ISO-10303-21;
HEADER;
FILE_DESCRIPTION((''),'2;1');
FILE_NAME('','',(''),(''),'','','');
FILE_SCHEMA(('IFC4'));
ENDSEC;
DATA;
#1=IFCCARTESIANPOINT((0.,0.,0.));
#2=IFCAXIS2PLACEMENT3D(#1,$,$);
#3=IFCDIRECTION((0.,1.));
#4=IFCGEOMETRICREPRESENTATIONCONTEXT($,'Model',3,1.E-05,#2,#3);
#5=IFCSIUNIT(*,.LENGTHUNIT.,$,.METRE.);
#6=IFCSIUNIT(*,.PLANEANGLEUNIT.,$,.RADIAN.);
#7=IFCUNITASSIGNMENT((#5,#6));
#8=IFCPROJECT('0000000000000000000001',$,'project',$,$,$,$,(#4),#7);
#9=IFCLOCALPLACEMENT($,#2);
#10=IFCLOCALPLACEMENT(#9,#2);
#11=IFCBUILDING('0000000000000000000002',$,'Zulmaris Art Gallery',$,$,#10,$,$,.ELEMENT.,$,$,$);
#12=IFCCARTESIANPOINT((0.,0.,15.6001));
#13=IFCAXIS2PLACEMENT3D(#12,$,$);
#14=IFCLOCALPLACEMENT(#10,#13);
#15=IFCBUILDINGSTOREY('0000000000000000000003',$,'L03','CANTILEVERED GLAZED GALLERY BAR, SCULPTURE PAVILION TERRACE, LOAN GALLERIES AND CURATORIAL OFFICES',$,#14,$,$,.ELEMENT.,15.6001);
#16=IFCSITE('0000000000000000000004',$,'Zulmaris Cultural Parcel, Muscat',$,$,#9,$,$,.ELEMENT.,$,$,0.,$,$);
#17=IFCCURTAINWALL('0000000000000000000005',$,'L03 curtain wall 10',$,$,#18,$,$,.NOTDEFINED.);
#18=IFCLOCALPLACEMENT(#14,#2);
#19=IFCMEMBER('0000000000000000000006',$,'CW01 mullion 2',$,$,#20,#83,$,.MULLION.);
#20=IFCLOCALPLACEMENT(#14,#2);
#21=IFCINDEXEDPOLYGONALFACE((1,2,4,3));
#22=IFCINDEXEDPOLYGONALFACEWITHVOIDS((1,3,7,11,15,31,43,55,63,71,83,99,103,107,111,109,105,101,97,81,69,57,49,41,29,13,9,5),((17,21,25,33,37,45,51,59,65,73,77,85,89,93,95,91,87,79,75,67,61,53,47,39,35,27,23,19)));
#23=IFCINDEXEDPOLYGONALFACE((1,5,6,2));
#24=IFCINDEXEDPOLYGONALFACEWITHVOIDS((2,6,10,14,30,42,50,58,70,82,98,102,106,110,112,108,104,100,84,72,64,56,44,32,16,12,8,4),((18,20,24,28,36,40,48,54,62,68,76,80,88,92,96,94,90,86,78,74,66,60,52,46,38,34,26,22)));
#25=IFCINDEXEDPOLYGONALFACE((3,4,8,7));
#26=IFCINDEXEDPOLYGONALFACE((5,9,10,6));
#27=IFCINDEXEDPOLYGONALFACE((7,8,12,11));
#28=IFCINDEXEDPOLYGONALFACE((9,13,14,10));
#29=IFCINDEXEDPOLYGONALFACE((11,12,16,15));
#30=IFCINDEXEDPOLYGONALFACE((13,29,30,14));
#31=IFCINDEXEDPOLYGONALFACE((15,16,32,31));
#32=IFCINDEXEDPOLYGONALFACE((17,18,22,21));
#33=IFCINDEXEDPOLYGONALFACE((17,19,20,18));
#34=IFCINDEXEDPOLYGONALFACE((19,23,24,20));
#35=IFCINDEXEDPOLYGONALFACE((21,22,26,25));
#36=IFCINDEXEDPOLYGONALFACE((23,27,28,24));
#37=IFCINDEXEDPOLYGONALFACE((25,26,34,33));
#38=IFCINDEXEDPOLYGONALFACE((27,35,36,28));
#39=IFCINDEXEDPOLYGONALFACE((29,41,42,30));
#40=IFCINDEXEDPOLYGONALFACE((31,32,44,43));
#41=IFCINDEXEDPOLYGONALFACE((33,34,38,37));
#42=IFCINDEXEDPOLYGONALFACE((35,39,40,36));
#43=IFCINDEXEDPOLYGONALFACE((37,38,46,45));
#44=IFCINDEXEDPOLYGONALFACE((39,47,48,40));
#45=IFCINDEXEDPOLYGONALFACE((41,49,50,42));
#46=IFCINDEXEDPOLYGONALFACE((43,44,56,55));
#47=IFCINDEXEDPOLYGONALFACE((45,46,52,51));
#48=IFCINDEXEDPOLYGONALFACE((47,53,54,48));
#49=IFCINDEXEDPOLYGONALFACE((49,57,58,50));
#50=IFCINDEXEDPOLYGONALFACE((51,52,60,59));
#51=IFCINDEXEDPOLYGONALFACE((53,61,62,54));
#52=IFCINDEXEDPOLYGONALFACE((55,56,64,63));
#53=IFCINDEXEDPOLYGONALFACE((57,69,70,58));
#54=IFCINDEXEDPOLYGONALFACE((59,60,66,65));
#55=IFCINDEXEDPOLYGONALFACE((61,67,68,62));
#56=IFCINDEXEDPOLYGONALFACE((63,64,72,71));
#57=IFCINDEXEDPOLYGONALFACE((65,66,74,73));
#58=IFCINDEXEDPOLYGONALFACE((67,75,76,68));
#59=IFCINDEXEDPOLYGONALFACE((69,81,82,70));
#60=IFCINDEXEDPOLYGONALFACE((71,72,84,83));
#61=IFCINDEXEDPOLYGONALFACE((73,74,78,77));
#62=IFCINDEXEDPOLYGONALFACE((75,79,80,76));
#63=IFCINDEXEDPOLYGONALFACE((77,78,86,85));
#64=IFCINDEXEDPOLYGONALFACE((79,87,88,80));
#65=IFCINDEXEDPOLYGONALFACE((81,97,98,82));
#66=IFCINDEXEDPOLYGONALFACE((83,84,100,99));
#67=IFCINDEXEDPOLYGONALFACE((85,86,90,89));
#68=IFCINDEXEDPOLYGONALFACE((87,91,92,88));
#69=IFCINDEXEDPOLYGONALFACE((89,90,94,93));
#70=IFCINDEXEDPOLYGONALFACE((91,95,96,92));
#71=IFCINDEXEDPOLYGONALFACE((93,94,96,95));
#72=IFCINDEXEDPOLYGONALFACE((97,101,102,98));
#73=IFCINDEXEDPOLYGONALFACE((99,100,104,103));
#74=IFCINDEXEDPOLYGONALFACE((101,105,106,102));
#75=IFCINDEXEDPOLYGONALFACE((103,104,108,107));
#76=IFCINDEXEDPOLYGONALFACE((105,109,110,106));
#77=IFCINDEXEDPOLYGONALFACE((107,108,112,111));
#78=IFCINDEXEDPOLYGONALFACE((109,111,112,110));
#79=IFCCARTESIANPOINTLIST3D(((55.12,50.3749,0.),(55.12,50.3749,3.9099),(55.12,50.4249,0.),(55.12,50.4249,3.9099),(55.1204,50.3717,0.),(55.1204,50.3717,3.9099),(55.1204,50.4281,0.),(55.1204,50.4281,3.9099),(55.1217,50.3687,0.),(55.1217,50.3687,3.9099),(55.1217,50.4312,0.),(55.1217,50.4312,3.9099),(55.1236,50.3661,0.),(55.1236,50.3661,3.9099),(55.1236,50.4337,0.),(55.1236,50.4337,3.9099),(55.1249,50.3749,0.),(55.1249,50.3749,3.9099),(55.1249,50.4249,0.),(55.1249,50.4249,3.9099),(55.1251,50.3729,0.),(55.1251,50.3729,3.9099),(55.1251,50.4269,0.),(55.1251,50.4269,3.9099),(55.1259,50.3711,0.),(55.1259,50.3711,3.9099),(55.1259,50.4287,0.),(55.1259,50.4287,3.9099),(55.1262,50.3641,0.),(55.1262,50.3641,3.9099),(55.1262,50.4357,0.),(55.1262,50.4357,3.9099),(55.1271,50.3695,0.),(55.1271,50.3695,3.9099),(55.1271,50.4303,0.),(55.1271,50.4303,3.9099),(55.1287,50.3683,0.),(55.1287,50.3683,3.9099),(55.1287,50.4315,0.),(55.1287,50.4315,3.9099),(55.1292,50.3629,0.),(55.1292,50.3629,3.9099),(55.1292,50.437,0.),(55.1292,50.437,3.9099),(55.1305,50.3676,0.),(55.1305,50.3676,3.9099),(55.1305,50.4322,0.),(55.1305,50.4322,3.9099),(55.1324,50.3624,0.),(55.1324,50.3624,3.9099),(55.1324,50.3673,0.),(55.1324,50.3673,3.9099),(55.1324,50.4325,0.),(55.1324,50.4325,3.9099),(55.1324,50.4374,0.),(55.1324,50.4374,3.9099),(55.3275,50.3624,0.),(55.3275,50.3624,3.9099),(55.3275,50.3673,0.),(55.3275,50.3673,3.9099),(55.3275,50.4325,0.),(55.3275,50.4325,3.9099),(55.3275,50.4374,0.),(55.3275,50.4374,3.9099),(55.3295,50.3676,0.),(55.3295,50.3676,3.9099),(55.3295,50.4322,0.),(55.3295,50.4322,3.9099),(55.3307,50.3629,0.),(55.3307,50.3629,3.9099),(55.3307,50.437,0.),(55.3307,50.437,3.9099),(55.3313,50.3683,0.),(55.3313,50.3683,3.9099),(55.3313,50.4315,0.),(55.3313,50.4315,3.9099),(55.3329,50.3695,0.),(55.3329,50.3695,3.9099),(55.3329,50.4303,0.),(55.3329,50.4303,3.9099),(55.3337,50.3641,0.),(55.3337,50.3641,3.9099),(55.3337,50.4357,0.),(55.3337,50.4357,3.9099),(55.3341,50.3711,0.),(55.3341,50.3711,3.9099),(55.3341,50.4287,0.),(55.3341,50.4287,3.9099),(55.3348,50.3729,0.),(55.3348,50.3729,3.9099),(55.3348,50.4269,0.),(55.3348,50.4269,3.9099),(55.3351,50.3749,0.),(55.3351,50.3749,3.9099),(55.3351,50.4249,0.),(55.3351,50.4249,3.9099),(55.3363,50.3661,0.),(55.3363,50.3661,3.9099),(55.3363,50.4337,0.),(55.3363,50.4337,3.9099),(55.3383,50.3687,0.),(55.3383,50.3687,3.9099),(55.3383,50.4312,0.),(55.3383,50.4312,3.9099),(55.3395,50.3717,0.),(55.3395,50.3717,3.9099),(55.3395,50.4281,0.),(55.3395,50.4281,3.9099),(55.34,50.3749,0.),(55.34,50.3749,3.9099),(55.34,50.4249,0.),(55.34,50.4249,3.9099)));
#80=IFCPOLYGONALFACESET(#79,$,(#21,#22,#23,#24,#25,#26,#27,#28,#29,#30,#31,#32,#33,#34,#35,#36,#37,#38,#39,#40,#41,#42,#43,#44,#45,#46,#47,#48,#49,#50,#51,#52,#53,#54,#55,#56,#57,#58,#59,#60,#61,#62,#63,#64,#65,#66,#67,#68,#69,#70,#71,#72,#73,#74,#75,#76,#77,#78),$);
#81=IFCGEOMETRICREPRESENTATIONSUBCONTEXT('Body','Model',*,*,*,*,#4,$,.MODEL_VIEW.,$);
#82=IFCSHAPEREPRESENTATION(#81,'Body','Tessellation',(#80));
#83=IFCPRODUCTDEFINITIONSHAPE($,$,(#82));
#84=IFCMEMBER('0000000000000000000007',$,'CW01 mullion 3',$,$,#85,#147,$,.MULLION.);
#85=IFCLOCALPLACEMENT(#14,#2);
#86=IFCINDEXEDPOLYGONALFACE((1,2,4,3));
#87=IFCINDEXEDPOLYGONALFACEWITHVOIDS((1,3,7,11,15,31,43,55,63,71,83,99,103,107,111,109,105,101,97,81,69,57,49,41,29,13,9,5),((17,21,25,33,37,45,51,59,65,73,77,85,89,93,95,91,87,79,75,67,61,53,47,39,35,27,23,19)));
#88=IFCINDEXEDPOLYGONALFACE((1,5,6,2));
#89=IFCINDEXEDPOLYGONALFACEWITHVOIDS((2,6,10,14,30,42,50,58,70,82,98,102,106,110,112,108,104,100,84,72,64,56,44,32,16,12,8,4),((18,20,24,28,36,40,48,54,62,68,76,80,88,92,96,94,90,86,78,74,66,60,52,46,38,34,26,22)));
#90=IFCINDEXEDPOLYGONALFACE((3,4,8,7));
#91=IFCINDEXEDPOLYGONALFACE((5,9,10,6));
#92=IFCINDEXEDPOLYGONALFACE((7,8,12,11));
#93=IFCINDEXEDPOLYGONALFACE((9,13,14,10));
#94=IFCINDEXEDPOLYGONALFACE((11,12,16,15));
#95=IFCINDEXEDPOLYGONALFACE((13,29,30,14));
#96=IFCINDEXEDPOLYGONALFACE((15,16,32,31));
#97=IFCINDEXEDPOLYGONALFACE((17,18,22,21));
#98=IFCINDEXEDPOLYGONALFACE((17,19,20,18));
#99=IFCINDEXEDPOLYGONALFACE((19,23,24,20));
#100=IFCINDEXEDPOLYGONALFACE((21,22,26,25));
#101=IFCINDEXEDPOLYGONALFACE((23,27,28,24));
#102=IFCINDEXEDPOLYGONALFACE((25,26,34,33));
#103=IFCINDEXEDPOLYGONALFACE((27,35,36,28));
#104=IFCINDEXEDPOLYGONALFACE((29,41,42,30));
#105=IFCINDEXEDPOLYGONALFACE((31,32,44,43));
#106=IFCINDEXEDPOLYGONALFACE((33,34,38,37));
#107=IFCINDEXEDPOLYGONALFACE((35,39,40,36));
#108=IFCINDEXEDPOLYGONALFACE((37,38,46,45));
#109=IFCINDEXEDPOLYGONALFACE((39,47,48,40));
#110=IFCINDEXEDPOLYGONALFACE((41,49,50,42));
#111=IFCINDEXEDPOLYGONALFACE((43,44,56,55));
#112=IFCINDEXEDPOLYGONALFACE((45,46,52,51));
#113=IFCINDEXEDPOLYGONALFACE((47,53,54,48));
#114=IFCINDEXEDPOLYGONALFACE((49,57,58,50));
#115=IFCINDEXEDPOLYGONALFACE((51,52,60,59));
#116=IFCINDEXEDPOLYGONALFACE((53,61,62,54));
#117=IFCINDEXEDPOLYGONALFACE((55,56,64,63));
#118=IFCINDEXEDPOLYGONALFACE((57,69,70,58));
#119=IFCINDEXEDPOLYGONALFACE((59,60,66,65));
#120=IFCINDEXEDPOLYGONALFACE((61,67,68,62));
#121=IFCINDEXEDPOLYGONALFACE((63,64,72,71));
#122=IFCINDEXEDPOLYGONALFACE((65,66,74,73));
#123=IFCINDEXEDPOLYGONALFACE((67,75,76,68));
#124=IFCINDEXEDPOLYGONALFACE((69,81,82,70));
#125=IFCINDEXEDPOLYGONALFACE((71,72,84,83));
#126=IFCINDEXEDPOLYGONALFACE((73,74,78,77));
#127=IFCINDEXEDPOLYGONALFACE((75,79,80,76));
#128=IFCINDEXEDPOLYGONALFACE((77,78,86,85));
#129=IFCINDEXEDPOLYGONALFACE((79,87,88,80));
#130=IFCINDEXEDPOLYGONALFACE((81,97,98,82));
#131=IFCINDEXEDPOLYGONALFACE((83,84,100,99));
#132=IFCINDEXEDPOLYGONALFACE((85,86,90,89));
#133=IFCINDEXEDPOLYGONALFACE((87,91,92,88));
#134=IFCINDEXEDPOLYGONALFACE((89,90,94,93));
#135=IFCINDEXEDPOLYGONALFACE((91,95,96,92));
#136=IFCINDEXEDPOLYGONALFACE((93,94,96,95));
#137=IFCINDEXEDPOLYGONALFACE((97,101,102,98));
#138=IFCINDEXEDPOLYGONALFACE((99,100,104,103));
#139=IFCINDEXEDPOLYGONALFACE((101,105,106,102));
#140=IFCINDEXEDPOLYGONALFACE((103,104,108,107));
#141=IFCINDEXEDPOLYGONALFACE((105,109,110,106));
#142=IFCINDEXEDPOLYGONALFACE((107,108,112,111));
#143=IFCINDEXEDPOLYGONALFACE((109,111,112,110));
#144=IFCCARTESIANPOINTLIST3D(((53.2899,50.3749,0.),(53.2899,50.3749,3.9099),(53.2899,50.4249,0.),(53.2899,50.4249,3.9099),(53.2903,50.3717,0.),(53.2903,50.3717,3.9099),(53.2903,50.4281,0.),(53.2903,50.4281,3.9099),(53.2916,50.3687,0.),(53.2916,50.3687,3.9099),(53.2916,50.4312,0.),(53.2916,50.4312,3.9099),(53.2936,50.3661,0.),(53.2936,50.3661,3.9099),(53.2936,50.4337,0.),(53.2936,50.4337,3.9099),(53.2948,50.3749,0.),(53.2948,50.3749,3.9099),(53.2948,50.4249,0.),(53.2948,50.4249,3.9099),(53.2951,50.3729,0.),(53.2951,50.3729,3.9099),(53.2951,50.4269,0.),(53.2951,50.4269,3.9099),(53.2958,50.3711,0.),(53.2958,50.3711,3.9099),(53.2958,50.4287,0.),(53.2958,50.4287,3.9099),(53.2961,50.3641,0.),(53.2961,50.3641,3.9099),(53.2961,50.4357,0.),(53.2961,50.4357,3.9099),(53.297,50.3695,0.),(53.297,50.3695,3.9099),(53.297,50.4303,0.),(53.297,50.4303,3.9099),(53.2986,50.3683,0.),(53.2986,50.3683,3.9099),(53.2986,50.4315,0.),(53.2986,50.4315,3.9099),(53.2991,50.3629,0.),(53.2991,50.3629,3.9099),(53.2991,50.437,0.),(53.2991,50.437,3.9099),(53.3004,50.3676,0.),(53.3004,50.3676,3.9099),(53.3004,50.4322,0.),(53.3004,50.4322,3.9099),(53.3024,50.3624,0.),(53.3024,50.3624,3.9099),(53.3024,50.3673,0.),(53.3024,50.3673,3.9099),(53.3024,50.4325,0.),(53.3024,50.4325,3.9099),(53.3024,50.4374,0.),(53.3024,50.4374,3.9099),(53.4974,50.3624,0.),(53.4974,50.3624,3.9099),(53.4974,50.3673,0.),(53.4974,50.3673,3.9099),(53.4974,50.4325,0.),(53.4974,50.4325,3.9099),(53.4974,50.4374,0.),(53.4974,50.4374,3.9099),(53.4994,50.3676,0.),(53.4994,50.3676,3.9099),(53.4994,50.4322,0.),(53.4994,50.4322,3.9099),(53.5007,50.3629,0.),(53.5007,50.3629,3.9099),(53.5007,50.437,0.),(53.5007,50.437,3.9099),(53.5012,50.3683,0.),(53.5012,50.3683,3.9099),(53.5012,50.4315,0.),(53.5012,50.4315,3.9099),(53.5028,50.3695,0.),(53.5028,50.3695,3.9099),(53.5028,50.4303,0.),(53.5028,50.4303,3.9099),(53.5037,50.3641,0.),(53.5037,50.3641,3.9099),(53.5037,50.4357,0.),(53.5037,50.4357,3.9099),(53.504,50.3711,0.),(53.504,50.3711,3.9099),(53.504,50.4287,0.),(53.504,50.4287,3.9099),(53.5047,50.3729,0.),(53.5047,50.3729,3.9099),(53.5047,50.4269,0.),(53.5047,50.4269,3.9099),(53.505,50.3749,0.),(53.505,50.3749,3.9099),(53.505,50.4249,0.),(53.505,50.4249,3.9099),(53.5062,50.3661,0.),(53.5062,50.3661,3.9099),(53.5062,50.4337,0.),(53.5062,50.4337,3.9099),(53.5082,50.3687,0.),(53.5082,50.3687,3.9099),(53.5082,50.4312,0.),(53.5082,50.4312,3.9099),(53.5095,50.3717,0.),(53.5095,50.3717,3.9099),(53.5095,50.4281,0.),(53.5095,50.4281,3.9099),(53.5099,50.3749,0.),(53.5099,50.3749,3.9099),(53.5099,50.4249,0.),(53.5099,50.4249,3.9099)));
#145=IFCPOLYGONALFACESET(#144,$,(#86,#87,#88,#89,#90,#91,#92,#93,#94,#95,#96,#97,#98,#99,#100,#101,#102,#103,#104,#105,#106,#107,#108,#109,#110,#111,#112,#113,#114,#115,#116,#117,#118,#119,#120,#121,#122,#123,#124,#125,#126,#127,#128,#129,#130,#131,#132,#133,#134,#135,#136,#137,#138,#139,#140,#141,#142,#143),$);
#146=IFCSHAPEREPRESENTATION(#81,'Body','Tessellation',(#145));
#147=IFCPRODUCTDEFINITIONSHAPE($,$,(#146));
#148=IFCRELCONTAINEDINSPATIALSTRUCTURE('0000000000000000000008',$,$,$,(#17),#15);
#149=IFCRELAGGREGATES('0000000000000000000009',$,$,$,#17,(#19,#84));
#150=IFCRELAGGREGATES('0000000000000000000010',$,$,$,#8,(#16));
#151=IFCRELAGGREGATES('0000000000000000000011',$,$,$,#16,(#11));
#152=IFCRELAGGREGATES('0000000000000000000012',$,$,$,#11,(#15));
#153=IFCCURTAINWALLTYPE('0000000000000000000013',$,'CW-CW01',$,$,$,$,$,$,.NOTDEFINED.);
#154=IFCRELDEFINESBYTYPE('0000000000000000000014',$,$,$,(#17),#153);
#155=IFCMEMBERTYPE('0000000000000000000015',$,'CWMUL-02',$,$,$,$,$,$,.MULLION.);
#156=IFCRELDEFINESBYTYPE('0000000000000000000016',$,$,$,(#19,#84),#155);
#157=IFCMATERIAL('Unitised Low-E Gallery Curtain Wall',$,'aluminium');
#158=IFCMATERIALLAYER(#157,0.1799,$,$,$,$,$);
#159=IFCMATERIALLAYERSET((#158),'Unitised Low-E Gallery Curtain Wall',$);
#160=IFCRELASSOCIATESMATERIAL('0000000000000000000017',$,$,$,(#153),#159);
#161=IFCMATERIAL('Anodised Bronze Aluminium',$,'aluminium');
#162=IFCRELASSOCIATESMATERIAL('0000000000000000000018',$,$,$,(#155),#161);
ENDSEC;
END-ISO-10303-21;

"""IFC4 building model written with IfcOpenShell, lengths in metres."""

from ifc_helpers import new_model, si_unit, direction, frame, origin, origin_2d, place, context, subcontext, project, spatial, hollow_rectangle, extrude, material, layer, layer_set, material_profile, profile_set, type_object, element, aggregate, save


model = new_model("IFC4")

# Units and contexts
model_context = context("Model", 3, precision=1e-05, world=origin(), true_north=direction((0.0, 1.0)))
body_context = subcontext(model_context, "Body", "Model", "MODEL_VIEW")
ifc_project = project(units=[si_unit("LENGTHUNIT", "METRE"), si_unit("PLANEANGLEUNIT", "RADIAN")], contexts=[model_context])

# Site, building, storey
site_placement = place(None, origin())
site = spatial("IfcSite", under=ifc_project, at=site_placement, Name="Zulmaris Cultural Parcel, Muscat", CompositionType="ELEMENT", RefElevation=0.0)
building_placement = place(site_placement, origin())
building = spatial("IfcBuilding", under=site, at=building_placement, Name="Zulmaris Art Gallery", CompositionType="ELEMENT")
storey_placement = place(building_placement, frame((0.0, 0.0, 15.6001)))
storey = spatial("IfcBuildingStorey", under=building, at=storey_placement, Name="L03", Description="CANTILEVERED GLAZED GALLERY BAR, SCULPTURE PAVILION TERRACE, LOAN GALLERIES AND CURATORIAL OFFICES", CompositionType="ELEMENT", Elevation=15.6001)

# Curtain wall, members
ifc_material_1 = material(Name="Unitised Low-E Gallery Curtain Wall", Category="aluminium")
ifc_layer_1 = layer(ifc_material_1, 0.1799)
ifc_layer_set_1 = layer_set([ifc_layer_1], Name="Unitised Low-E Gallery Curtain Wall")
curtain_wall_type = type_object("IfcCurtainWallType", Name="CW-CW01", PredefinedType="NOTDEFINED", material=ifc_layer_set_1)
curtain_wall_1_placement = place(storey_placement, origin())
curtain_wall_1 = element("IfcCurtainWall", 1, at=curtain_wall_1_placement, inside=storey, type_object=curtain_wall_type, Name="L03 curtain wall 10", PredefinedType="NOTDEFINED")
ifc_material_2 = material(Name="Anodised Bronze Aluminium", Category="aluminium")
ifc_material_profile_1 = material_profile(ifc_material_2, hollow_rectangle(XDim=0.075, YDim=0.22, WallThickness=0.0049, InnerFilletRadius=0.0076, OuterFilletRadius=0.0125, at=origin_2d()), Name="ALU 75x220x5")
ifc_profile_set_1 = profile_set([ifc_material_profile_1], Name="Anodised Bronze Aluminium")
member_type_1 = type_object("IfcMemberType", Name="CWMUL-02", PredefinedType="MULLION", material=ifc_profile_set_1)
member_1_placement = place(storey_placement, frame((55.23, 50.3999, 0.0), z_axis=(0.0, 0.0, 1.0), x_axis=(0.0, -1.0, 0.0)))
member_1 = element("IfcMember", 2, at=member_1_placement, type_object=member_type_1, Name="CW01 mullion 2", PredefinedType="MULLION", context=body_context, shape_type="SweptSolid", body=[
    extrude(hollow_rectangle(XDim=0.075, YDim=0.22, WallThickness=0.0049, InnerFilletRadius=0.0076, OuterFilletRadius=0.0125, at=origin_2d()), origin(), (0.0, 0.0, 1.0), 3.9099),
])
member_2_placement = place(storey_placement, frame((53.3999, 50.3999, 0.0), z_axis=(0.0, 0.0, 1.0), x_axis=(0.0, -1.0, 0.0)))
member_2 = element("IfcMember", 3, at=member_2_placement, type_object=member_type_1, Name="CW01 mullion 3", PredefinedType="MULLION", context=body_context, shape_type="SweptSolid", body=[
    extrude(hollow_rectangle(XDim=0.075, YDim=0.22, WallThickness=0.0049, InnerFilletRadius=0.0076, OuterFilletRadius=0.0125, at=origin_2d()), origin(), (0.0, 0.0, 1.0), 3.9099),
])

aggregate(curtain_wall_1, [member_1, member_2])

save(model, "model.ifc")
